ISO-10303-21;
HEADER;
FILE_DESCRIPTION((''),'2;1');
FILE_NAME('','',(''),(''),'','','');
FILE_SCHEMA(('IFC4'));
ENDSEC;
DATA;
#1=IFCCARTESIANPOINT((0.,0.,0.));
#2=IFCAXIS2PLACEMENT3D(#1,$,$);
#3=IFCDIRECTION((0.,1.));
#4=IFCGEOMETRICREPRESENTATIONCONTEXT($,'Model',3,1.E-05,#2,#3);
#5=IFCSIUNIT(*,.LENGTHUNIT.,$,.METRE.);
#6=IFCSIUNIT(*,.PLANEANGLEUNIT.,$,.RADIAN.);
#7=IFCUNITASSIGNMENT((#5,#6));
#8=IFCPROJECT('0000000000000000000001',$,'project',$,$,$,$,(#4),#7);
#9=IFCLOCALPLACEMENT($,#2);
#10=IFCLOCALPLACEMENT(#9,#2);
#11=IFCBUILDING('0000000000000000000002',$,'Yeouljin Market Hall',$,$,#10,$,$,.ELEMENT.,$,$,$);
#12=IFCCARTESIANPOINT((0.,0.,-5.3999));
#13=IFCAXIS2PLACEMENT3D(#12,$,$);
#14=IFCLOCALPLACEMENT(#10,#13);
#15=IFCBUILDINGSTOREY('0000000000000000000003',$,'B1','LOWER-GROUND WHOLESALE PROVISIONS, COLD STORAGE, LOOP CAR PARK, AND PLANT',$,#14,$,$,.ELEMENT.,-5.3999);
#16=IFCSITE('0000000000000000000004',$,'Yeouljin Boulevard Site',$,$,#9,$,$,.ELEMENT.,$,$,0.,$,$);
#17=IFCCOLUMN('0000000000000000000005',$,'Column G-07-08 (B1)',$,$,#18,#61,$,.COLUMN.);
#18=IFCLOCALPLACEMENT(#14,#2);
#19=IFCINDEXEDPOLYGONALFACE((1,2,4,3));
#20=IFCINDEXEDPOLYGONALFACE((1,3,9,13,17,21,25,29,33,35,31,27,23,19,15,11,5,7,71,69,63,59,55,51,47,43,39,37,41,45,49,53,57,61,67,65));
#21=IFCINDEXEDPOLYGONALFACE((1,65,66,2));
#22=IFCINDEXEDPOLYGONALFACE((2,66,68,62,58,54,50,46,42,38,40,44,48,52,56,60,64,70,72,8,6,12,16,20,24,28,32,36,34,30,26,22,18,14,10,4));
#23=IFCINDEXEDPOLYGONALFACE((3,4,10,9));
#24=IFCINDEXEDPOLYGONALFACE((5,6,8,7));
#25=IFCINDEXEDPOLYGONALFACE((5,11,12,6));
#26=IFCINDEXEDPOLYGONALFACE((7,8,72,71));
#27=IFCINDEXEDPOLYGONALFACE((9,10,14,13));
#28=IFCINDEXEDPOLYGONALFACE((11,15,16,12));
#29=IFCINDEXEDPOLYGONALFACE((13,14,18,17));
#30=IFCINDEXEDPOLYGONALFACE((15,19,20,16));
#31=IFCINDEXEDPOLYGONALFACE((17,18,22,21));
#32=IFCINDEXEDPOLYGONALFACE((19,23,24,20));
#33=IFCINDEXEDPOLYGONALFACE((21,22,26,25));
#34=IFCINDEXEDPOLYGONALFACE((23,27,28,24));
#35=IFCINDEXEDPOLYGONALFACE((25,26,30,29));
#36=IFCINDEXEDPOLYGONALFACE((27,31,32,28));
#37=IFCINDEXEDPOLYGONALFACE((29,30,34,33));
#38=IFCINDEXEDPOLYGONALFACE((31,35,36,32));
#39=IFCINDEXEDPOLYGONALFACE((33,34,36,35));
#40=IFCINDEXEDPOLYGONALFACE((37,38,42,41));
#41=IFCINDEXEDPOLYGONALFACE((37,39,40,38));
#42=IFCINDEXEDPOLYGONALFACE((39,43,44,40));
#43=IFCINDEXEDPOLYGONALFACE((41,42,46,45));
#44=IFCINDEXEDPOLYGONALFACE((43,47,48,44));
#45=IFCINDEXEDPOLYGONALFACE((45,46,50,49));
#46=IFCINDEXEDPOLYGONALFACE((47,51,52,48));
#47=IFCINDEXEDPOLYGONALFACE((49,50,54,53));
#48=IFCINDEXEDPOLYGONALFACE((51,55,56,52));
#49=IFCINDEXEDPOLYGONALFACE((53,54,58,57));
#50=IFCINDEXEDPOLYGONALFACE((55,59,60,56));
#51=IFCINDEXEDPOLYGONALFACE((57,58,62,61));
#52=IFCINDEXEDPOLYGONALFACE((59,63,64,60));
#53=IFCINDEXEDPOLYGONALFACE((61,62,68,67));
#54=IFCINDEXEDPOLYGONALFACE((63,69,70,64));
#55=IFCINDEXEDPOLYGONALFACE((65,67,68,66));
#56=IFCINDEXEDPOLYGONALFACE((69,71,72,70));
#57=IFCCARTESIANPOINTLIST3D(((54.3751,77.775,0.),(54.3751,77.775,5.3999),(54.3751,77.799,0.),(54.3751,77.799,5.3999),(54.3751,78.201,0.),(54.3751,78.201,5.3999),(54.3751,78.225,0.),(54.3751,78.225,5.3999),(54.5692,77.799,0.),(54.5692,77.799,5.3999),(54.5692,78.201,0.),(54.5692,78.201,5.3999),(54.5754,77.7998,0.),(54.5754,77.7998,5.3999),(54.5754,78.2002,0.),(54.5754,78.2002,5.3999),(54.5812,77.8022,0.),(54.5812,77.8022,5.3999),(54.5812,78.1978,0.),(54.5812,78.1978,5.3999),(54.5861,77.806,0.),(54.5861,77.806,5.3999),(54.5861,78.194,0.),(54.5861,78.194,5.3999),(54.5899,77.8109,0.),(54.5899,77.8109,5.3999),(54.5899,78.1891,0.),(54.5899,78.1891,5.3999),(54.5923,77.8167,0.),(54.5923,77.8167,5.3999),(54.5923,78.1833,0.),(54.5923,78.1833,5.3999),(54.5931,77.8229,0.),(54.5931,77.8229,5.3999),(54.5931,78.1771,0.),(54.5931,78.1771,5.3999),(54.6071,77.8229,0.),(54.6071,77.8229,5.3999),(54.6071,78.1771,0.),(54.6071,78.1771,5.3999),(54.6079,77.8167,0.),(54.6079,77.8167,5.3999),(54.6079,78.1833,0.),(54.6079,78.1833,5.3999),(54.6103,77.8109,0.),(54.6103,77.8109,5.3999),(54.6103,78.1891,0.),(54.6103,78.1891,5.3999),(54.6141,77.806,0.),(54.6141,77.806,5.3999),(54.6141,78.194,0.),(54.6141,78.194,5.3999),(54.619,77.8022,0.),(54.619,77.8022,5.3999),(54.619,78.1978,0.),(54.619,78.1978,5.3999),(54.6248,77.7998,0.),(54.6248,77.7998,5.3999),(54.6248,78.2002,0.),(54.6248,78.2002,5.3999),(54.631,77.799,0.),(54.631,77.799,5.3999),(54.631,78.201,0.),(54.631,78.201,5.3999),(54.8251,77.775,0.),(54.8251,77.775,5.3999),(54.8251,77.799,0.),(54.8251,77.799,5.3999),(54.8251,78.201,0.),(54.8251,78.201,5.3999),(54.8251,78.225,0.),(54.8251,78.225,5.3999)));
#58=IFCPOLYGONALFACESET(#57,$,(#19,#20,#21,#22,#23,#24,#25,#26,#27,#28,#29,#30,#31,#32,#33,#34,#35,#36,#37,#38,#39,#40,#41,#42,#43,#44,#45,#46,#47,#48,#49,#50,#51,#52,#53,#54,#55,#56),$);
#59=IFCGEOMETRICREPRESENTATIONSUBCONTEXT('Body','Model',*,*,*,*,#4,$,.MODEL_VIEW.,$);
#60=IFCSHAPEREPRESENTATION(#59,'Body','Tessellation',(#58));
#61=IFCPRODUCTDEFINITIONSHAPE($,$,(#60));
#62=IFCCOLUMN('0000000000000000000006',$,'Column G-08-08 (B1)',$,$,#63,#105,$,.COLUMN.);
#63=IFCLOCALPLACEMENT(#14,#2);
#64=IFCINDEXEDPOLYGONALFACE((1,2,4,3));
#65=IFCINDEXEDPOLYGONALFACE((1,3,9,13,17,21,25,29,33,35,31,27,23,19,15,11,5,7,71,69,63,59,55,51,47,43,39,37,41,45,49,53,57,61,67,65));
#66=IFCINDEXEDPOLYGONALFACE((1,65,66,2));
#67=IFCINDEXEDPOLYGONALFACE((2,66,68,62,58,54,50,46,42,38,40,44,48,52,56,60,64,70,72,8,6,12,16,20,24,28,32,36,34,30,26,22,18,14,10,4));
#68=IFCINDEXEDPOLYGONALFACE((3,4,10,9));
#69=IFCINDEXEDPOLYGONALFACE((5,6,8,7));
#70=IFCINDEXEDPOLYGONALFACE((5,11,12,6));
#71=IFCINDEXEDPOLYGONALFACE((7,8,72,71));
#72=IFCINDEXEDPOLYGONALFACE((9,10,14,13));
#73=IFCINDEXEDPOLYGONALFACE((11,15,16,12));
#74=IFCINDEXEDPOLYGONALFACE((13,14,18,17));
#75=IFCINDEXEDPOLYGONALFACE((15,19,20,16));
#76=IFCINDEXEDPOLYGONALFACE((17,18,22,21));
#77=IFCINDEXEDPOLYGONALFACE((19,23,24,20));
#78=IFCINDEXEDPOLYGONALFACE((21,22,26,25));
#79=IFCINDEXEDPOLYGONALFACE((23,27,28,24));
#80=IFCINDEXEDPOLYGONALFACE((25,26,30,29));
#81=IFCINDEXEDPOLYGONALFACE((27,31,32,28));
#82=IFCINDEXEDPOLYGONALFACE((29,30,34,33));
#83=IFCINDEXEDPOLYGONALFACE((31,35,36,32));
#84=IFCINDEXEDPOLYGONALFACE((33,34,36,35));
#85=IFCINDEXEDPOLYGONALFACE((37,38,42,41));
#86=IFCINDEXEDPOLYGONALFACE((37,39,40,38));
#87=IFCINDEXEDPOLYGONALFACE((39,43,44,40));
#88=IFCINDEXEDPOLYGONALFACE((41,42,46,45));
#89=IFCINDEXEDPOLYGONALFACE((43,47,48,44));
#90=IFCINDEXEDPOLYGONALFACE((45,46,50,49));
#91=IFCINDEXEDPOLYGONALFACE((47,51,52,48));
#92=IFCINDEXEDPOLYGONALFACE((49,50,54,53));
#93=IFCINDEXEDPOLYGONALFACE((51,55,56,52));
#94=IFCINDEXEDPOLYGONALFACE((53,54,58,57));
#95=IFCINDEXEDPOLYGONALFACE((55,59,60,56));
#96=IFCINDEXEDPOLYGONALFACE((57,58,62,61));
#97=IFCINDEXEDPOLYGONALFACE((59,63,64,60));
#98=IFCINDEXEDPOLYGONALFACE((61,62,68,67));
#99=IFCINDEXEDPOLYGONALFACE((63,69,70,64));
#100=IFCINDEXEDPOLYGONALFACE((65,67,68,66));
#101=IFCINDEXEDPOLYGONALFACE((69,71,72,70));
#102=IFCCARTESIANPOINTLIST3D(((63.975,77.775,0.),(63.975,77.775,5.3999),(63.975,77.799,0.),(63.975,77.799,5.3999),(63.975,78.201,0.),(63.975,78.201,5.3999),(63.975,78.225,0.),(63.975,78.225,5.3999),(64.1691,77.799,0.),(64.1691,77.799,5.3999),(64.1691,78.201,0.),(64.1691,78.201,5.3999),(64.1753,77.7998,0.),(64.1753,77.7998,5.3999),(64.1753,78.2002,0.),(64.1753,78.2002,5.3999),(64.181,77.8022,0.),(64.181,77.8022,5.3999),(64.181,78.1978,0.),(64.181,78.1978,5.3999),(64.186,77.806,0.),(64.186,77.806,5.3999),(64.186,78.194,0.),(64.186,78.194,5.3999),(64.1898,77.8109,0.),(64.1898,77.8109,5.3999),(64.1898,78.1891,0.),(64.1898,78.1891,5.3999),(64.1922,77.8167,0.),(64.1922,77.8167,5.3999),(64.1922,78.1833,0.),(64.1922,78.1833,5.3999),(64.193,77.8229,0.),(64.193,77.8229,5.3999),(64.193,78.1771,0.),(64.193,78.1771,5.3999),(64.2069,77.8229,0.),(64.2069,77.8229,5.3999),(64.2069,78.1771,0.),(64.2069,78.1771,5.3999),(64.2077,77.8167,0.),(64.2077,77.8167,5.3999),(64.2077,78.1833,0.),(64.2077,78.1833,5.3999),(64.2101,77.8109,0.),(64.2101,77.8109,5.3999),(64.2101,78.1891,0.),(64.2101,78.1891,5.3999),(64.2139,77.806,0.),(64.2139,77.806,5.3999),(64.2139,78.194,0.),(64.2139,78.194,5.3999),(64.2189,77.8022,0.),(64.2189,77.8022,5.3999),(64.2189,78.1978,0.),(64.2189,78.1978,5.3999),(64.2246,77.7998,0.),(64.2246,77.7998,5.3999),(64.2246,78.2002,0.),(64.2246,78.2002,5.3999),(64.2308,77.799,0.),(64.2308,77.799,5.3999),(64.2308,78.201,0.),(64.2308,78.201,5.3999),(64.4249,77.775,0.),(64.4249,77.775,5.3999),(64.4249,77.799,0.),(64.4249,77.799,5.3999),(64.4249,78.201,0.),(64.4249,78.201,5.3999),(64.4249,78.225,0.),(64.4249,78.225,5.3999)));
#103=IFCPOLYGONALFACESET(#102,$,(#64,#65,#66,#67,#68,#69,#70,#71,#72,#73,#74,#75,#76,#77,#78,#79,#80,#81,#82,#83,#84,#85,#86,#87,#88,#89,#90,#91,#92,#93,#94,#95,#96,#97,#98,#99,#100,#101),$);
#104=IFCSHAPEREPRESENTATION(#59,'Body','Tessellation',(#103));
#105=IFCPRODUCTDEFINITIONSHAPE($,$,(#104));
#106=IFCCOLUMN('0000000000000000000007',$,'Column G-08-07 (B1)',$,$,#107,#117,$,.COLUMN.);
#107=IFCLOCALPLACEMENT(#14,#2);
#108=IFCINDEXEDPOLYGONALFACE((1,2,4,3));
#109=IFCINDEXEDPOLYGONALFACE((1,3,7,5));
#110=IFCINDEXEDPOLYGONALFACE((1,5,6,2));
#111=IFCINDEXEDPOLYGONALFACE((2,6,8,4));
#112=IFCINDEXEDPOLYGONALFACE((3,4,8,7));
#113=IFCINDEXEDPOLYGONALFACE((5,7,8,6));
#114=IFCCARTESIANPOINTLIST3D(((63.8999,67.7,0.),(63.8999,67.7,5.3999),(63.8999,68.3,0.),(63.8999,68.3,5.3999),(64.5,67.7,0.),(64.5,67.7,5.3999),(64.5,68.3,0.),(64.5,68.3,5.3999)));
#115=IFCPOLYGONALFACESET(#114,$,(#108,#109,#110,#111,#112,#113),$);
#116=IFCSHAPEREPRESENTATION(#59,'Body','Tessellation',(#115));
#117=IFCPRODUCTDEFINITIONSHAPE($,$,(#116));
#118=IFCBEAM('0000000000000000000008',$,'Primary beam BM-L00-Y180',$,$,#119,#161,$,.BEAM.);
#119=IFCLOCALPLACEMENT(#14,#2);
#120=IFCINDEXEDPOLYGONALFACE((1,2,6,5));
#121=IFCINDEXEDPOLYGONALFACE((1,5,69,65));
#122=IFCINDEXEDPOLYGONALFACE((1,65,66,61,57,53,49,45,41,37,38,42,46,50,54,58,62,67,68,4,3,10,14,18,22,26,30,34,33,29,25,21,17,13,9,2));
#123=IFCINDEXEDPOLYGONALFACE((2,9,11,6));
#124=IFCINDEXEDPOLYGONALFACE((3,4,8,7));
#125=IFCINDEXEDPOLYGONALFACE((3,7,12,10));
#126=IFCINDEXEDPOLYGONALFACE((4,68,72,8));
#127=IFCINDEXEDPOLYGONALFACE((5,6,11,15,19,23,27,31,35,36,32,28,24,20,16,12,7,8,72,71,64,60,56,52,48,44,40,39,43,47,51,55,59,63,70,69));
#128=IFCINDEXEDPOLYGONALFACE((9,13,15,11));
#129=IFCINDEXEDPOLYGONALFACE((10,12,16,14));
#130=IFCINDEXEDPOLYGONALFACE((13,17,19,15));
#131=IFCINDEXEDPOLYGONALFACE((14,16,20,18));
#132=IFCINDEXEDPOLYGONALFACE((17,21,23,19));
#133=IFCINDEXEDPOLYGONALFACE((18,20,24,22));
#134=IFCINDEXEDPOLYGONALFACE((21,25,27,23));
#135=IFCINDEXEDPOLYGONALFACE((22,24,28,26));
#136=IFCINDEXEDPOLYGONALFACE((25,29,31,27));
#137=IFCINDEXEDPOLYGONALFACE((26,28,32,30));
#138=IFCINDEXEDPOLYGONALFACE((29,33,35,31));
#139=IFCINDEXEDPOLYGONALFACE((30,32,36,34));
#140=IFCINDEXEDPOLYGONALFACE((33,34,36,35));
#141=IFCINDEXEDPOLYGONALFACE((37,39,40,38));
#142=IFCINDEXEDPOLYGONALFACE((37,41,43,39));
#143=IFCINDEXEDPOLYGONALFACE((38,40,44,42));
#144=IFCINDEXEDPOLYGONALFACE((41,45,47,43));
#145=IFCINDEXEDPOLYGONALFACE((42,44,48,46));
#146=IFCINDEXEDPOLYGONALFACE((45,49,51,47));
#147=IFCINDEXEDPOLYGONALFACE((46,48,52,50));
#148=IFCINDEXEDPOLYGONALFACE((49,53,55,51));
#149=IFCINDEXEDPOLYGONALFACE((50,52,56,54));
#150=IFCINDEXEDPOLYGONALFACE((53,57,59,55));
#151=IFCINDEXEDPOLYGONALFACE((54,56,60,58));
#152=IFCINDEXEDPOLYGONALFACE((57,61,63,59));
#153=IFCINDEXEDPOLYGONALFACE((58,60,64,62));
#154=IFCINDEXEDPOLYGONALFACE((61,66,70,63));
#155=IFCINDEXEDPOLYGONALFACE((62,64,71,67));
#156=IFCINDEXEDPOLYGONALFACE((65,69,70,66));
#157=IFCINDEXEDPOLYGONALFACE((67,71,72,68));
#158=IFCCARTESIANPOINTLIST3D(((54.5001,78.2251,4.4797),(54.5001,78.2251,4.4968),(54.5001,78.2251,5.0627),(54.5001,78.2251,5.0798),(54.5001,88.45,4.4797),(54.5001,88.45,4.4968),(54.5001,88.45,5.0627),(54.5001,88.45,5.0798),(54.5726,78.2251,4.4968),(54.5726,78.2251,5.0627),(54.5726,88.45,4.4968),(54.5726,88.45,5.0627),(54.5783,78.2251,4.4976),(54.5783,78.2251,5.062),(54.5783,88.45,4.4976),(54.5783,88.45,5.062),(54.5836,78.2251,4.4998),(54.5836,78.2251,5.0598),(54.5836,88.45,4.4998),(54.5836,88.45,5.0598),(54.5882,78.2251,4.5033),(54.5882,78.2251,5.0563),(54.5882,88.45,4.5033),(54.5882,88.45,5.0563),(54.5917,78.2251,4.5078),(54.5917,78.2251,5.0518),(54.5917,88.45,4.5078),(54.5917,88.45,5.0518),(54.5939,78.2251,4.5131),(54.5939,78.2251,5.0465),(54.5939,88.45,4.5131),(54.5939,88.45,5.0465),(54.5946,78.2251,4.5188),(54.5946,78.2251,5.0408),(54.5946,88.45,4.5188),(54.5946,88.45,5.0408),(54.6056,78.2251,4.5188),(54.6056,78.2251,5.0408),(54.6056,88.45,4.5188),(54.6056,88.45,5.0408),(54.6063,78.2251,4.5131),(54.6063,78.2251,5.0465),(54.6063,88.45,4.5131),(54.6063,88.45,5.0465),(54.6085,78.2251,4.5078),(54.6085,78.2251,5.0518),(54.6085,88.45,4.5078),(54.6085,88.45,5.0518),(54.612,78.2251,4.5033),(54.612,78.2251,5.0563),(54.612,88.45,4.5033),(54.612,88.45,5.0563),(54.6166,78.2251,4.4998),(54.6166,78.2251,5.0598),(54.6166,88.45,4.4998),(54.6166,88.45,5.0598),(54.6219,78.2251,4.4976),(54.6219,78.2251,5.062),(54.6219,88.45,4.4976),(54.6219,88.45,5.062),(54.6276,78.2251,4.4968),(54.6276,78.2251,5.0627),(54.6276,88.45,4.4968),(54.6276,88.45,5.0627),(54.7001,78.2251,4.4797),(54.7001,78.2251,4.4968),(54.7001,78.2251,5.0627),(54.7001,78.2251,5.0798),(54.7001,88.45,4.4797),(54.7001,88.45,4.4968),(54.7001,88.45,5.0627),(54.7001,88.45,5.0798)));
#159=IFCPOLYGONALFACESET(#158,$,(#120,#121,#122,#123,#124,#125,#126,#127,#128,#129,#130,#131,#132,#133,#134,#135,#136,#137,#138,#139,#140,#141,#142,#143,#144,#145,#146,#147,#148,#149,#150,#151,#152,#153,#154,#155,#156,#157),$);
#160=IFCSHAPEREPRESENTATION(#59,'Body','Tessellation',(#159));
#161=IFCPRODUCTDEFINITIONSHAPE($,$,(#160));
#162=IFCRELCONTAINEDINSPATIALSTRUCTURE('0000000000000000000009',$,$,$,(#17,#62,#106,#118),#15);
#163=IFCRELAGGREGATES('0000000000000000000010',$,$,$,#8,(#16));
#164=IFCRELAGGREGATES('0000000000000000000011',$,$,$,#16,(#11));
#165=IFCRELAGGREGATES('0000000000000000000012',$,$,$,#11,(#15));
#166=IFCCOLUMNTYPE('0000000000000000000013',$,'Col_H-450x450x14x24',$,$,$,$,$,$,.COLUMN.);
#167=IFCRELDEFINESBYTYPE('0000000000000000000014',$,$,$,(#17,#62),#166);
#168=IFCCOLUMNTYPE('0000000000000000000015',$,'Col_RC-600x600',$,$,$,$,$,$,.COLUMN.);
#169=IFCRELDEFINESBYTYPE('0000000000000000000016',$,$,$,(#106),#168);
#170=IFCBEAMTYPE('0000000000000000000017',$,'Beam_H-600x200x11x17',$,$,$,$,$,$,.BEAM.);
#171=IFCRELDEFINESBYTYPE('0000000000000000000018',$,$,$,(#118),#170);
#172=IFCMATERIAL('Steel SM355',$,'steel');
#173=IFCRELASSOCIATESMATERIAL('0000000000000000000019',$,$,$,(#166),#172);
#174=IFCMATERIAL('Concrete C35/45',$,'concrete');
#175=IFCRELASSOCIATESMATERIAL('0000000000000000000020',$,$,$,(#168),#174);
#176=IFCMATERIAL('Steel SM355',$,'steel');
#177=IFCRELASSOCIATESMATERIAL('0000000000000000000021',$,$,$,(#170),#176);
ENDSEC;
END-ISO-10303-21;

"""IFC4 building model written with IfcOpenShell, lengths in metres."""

from ifc_helpers import new_model, si_unit, direction, frame, origin, origin_2d, place, context, subcontext, project, spatial, rectangle, i_section, extrude, material, material_profile, profile_set, type_object, element, save


model = new_model("IFC4")

# Units and contexts
model_context = context("Model", 3, precision=1e-05, world=origin(), true_north=direction((0.0, 1.0)))
body_context = subcontext(model_context, "Body", "Model", "MODEL_VIEW")
ifc_project = project(units=[si_unit("LENGTHUNIT", "METRE"), si_unit("PLANEANGLEUNIT", "RADIAN")], contexts=[model_context])

# Site, building, storey
site_placement = place(None, origin())
site = spatial("IfcSite", under=ifc_project, at=site_placement, Name="Yeouljin Boulevard Site", CompositionType="ELEMENT", RefElevation=0.0)
building_placement = place(site_placement, origin())
building = spatial("IfcBuilding", under=site, at=building_placement, Name="Yeouljin Market Hall", CompositionType="ELEMENT")
storey_placement = place(building_placement, frame((0.0, 0.0, -5.3999)))
storey = spatial("IfcBuildingStorey", under=building, at=storey_placement, Name="B1", Description="LOWER-GROUND WHOLESALE PROVISIONS, COLD STORAGE, LOOP CAR PARK, AND PLANT", CompositionType="ELEMENT", Elevation=-5.3999)

# Columns
ifc_material_1 = material(Name="Steel SM355", Category="steel")
ifc_material_profile_1 = material_profile(ifc_material_1, i_section(OverallWidth=0.45, OverallDepth=0.45, WebThickness=0.0139, FlangeThickness=0.0239, FilletRadius=0.0239, at=origin_2d()), Name="H-450x450x14x24")
ifc_profile_set_1 = profile_set([ifc_material_profile_1], Name="Steel SM355")
column_type_1 = type_object("IfcColumnType", Name="Col_H-450x450x14x24", PredefinedType="COLUMN", material=ifc_profile_set_1)
for number, where, z_axis, x_axis, name in (
    (1, (54.6001, 78.0, 0.0), (0.0, 0.0, 1.0), (1.0, 0.0, 0.0), "Column G-07-08 (B1)"),
    (2, (64.2, 78.0, 0.0), (0.0, 0.0, 1.0), (1.0, 0.0, 0.0), "Column G-08-08 (B1)"),
):
    element("IfcColumn", number, at=place(storey_placement, frame(where, z_axis=z_axis, x_axis=x_axis)), inside=storey, type_object=column_type_1, Name=name, PredefinedType="COLUMN", context=body_context, shape_type="SweptSolid", body=[
        extrude(i_section(OverallWidth=0.45, OverallDepth=0.45, WebThickness=0.0139, FlangeThickness=0.0239, FilletRadius=0.0239, at=origin_2d()), origin(), (0.0, 0.0, 1.0), 5.3999),
    ])
ifc_material_2 = material(Name="Concrete C35/45", Category="concrete")
ifc_material_profile_2 = material_profile(ifc_material_2, rectangle(XDim=0.6001, YDim=0.6001, at=origin_2d()), Name="RC-600x600")
ifc_profile_set_2 = profile_set([ifc_material_profile_2], Name="Concrete C35/45")
column_type_2 = type_object("IfcColumnType", Name="Col_RC-600x600", PredefinedType="COLUMN", material=ifc_profile_set_2)
column_placement = place(storey_placement, frame((64.2, 68.0, 0.0), z_axis=(0.0, 0.0, 1.0), x_axis=(1.0, 0.0, 0.0)))
element("IfcColumn", 3, at=column_placement, inside=storey, type_object=column_type_2, Name="Column G-08-07 (B1)", PredefinedType="COLUMN", context=body_context, shape_type="SweptSolid", body=[
    extrude(rectangle(XDim=0.6001, YDim=0.6001, at=origin_2d()), origin(), (0.0, 0.0, 1.0), 5.3999),
])

# Beam
ifc_material_3 = material(Name="Steel SM355", Category="steel")
ifc_material_profile_3 = material_profile(ifc_material_3, i_section(OverallWidth=0.2, OverallDepth=0.6001, WebThickness=0.011, FlangeThickness=0.0171, FilletRadius=0.022, at=origin_2d()), Name="H-600x200x11x17")
ifc_profile_set_3 = profile_set([ifc_material_profile_3], Name="Steel SM355")
beam_type_1 = type_object("IfcBeamType", Name="Beam_H-600x200x11x17", PredefinedType="BEAM", material=ifc_profile_set_3)
for number, where, z_axis, x_axis, name in (
    (4, (54.6001, 78.2251, 4.7798), (0.0, 1.0, 0.0), (-1.0, 0.0, 0.0), "Primary beam BM-L00-Y180"),
):
    element("IfcBeam", number, at=place(storey_placement, frame(where, z_axis=z_axis, x_axis=x_axis)), inside=storey, type_object=beam_type_1, Name=name, PredefinedType="BEAM", context=body_context, shape_type="SweptSolid", body=[
        extrude(i_section(OverallWidth=0.2, OverallDepth=0.6001, WebThickness=0.011, FlangeThickness=0.0171, FilletRadius=0.022, at=origin_2d()), origin(), (0.0, 0.0, 1.0), 10.2249),
    ])

save(model, "model.ifc")
